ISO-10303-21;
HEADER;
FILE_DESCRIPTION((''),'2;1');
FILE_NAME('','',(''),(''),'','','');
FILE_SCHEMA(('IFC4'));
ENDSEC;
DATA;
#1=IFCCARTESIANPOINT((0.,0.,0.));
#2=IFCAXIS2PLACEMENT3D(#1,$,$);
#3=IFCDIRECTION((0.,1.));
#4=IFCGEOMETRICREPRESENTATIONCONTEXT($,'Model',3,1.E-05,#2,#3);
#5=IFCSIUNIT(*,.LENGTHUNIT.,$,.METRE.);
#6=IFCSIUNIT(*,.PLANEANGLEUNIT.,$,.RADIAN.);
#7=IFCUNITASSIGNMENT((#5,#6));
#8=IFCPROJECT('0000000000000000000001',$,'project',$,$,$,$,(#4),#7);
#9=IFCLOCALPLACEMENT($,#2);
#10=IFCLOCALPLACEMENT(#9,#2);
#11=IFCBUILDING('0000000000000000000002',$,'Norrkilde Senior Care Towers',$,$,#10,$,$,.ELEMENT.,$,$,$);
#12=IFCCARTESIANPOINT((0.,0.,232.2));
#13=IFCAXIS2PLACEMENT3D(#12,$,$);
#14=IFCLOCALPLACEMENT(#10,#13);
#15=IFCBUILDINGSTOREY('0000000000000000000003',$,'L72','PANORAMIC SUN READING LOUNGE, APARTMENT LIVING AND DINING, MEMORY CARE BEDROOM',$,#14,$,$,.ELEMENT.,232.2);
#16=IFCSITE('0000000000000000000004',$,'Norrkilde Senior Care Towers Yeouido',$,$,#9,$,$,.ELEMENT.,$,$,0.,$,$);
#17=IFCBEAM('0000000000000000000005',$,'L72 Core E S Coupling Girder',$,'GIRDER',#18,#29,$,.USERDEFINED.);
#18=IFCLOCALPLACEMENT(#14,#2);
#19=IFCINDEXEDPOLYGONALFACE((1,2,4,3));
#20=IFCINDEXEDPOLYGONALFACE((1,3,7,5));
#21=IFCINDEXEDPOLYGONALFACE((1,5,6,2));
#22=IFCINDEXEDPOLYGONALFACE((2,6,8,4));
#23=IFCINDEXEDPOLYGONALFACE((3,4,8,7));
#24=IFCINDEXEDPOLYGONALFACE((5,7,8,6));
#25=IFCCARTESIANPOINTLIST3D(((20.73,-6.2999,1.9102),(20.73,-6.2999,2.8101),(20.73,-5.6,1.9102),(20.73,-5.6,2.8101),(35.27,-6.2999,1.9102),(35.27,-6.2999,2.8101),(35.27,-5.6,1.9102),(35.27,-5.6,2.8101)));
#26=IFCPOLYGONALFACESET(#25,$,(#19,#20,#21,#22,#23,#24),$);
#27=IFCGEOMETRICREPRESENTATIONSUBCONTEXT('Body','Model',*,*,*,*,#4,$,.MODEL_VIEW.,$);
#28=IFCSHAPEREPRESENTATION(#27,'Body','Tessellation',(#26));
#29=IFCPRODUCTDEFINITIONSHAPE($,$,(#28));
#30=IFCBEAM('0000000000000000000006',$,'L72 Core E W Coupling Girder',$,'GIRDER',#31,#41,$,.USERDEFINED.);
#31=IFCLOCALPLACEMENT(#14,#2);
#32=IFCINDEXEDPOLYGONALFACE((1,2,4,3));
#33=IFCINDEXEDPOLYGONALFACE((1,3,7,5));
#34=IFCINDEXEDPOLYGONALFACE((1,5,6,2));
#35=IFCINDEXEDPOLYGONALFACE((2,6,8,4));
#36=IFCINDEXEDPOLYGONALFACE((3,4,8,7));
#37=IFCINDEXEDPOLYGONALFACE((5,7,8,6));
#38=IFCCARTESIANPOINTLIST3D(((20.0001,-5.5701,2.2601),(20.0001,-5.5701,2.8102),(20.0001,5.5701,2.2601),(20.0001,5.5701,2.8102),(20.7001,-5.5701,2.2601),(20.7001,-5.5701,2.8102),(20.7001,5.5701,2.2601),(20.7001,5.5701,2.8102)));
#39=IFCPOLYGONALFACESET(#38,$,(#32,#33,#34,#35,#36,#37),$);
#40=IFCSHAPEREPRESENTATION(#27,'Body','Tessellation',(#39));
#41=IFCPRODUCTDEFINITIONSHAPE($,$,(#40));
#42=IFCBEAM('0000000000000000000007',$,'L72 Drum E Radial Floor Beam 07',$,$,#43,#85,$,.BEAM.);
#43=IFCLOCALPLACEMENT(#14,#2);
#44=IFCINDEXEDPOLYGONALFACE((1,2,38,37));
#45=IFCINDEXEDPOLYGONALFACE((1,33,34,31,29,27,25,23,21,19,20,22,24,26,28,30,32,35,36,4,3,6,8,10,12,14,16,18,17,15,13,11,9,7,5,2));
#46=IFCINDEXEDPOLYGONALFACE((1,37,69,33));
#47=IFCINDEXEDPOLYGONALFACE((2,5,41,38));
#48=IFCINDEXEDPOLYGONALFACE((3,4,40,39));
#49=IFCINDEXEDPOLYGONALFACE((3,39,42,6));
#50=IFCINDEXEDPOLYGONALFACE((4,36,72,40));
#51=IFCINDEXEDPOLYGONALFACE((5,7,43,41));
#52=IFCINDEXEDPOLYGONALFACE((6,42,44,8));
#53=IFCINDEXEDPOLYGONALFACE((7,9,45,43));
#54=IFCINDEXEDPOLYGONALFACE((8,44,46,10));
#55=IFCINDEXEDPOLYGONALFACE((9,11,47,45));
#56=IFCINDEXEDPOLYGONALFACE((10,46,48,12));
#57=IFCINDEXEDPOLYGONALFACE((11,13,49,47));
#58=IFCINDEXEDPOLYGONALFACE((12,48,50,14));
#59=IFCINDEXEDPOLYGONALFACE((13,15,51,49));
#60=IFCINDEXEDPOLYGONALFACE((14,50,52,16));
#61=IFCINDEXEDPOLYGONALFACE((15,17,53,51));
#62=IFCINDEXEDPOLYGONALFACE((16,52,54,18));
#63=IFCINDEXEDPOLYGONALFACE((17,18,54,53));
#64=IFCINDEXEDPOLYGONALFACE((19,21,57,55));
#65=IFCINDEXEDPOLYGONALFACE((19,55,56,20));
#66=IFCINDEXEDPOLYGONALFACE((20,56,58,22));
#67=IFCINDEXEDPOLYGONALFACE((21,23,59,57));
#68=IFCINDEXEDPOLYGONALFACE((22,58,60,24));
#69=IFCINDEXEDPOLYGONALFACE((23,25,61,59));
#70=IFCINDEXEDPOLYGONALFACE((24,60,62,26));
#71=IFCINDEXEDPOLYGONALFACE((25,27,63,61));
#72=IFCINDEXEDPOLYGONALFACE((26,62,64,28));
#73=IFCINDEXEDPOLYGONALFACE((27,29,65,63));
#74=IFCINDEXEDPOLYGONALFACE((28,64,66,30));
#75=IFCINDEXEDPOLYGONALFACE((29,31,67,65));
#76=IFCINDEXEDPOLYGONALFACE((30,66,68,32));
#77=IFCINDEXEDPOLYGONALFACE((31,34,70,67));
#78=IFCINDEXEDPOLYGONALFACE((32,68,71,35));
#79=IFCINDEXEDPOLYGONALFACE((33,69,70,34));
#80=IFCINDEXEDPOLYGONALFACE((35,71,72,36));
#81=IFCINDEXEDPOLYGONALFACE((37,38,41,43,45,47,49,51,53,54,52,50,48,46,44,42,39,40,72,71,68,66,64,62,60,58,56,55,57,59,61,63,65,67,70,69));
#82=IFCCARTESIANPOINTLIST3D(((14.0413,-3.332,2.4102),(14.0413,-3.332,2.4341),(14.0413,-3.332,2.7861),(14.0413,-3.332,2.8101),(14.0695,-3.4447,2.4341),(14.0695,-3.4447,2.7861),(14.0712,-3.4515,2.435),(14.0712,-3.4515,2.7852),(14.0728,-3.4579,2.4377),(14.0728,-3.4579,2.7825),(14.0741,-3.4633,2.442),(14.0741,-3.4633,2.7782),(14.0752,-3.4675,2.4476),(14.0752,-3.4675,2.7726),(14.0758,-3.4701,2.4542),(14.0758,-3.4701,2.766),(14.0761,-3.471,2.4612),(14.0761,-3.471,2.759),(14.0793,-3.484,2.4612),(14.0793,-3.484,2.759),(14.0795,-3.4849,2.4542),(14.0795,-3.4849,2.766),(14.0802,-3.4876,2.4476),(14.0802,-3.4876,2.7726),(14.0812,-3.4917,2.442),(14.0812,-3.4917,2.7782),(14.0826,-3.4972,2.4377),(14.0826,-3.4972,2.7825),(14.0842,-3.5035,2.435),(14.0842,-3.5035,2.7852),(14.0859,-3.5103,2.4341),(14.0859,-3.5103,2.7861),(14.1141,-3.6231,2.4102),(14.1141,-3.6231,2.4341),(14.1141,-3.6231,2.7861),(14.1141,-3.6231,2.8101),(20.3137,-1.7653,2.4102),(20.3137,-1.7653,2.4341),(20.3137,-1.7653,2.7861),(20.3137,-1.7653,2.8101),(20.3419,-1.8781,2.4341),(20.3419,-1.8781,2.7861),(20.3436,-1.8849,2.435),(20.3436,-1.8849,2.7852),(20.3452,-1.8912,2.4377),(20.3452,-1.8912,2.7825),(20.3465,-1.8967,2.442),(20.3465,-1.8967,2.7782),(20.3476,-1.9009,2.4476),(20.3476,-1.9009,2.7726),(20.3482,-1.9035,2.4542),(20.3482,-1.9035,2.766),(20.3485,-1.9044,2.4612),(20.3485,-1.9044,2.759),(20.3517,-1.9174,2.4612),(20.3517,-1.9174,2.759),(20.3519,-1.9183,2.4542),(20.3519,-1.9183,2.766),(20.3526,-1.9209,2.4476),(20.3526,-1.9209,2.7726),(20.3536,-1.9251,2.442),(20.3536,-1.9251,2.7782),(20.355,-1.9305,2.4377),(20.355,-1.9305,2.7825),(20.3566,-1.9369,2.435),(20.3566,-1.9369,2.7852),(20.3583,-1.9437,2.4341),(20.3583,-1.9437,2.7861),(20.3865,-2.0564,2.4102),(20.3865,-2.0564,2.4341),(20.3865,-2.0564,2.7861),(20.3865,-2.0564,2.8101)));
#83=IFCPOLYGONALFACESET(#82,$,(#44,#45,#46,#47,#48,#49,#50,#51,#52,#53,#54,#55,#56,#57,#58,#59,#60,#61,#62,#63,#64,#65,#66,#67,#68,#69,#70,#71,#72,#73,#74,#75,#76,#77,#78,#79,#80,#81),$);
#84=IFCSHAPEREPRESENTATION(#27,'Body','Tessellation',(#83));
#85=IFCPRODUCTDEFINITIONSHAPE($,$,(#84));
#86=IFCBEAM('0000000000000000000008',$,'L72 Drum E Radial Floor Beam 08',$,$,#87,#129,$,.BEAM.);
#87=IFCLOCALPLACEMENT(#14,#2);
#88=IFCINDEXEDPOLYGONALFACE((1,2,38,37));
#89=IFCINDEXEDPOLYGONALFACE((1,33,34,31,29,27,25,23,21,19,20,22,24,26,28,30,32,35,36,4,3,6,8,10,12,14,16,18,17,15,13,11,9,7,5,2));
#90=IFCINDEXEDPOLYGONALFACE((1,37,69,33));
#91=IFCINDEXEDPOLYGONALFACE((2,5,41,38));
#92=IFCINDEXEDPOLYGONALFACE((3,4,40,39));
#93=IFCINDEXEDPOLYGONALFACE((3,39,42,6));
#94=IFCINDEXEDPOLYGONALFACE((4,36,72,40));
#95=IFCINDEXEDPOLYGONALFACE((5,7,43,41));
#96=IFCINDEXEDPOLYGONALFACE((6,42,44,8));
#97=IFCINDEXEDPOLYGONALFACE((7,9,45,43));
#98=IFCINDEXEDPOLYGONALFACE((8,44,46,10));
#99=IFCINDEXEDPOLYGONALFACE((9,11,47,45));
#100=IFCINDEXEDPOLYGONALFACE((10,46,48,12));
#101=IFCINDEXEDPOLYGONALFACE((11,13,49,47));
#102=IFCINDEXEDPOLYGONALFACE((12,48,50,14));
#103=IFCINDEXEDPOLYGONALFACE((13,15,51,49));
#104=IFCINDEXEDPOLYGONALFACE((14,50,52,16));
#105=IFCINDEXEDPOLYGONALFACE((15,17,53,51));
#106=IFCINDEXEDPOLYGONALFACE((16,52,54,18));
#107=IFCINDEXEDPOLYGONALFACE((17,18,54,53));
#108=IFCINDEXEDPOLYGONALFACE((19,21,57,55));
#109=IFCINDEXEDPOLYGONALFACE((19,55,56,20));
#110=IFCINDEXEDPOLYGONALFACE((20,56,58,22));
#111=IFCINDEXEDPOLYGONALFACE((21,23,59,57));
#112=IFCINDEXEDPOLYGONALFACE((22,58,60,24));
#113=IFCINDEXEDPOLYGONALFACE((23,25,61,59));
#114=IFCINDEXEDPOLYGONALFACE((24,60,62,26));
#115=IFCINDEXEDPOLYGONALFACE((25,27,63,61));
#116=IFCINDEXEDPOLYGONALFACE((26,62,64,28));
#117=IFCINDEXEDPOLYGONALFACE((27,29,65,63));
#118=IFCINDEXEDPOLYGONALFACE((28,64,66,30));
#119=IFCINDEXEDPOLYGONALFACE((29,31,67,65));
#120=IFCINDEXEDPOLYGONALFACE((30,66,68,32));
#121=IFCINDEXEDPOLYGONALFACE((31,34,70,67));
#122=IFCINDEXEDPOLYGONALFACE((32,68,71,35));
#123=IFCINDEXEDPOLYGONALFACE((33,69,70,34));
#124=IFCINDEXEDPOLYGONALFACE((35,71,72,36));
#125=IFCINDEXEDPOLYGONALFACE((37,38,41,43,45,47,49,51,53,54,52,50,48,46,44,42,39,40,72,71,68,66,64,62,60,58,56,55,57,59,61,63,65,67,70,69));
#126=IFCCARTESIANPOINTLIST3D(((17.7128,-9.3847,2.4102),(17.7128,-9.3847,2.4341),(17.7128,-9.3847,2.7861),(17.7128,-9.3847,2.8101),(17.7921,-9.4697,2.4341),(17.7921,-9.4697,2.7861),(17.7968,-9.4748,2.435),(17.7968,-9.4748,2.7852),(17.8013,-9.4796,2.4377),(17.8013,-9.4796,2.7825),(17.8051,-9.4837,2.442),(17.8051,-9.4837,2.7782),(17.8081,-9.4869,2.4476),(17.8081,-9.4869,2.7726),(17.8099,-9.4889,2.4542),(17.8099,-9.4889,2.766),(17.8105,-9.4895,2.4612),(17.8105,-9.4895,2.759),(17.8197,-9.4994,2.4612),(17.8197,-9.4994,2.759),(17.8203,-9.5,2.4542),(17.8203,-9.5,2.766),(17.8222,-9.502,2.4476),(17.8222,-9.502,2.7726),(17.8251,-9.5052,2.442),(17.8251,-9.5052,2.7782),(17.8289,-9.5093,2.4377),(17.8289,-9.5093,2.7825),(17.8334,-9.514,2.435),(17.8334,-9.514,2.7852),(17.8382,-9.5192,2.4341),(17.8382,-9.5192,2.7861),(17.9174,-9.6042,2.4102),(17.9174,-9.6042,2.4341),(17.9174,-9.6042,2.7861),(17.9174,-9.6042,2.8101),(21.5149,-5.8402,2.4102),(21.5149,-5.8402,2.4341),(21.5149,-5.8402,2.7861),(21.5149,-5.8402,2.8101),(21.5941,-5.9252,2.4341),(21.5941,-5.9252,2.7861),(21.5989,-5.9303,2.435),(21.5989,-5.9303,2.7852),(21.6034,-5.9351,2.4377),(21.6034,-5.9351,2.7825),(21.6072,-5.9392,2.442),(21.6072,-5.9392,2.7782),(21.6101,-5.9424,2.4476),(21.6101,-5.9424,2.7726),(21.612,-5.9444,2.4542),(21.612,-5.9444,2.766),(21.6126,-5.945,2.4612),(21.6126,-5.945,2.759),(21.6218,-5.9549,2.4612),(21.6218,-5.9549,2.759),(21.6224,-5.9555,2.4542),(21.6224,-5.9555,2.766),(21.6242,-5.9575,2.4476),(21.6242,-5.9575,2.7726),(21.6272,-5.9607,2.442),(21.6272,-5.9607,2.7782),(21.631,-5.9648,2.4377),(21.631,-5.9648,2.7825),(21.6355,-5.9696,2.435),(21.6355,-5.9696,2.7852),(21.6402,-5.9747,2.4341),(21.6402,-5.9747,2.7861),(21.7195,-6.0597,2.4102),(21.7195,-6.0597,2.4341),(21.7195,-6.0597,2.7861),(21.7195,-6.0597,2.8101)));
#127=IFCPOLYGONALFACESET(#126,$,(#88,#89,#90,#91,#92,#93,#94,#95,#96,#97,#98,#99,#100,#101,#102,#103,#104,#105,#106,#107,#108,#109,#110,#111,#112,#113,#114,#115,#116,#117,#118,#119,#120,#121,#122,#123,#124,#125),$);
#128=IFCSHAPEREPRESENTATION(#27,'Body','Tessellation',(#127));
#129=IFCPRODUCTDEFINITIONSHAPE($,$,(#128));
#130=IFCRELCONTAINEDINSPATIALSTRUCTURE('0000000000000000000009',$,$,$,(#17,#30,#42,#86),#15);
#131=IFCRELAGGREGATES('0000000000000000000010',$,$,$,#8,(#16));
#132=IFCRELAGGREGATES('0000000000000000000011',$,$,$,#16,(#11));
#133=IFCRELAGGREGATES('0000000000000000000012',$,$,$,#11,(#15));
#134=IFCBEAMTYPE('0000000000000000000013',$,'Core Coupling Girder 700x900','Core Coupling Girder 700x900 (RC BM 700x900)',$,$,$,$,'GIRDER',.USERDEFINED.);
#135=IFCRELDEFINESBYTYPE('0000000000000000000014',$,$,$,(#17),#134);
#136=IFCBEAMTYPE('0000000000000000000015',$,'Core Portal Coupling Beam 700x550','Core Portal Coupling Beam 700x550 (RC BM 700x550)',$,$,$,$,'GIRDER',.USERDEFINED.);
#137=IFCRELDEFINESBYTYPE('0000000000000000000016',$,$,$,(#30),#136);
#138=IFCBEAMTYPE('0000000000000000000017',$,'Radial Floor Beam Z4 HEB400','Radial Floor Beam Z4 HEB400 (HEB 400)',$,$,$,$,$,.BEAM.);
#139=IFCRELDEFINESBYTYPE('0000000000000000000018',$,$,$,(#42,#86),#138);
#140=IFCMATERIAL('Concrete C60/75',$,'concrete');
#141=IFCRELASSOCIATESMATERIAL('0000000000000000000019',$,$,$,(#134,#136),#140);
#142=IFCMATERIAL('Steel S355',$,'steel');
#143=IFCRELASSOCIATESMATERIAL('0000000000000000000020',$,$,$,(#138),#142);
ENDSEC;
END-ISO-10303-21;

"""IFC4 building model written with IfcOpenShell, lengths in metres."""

from ifc_helpers import new_model, si_unit, direction, frame, origin, origin_2d, place, context, subcontext, project, spatial, rectangle, i_section, extrude, source, transform, mapped, material, material_profile, profile_set, type_object, type_shapes, element, save


model = new_model("IFC4")

# Units and contexts
model_context = context("Model", 3, precision=1e-05, world=origin(), true_north=direction((0.0, 1.0)))
body_context = subcontext(model_context, "Body", "Model", "MODEL_VIEW")
ifc_project = project(units=[si_unit("LENGTHUNIT", "METRE"), si_unit("PLANEANGLEUNIT", "RADIAN")], contexts=[model_context])

# Site, building, storey
site_placement = place(None, origin())
site = spatial("IfcSite", under=ifc_project, at=site_placement, Name="Norrkilde Senior Care Towers Yeouido", CompositionType="ELEMENT", RefElevation=0.0)
building_placement = place(site_placement, origin())
building = spatial("IfcBuilding", under=site, at=building_placement, Name="Norrkilde Senior Care Towers", CompositionType="ELEMENT")
storey_placement = place(building_placement, frame((0.0, 0.0, 232.2)))
storey = spatial("IfcBuildingStorey", under=building, at=storey_placement, Name="L72", Description="PANORAMIC SUN READING LOUNGE, APARTMENT LIVING AND DINING, MEMORY CARE BEDROOM", CompositionType="ELEMENT", Elevation=232.2)

# Beams
ifc_material_1 = material(Name="Concrete C60/75", Category="concrete")
ifc_material_profile_1 = material_profile(ifc_material_1, rectangle(XDim=0.7, YDim=0.8999, at=origin_2d()), Name="RC BM 700x900")
ifc_profile_set_1 = profile_set([ifc_material_profile_1], Name="Concrete C60/75")
beam_type_1 = type_object("IfcBeamType", Name="Core Coupling Girder 700x900", Description="Core Coupling Girder 700x900 (RC BM 700x900)", ElementType="GIRDER", PredefinedType="USERDEFINED", material=ifc_profile_set_1)
shared_shape_1 = source(origin(), body_context, "Body", "SweptSolid", [
    extrude(rectangle(XDim=0.7, YDim=0.8999, at=origin_2d()), origin(), (0.0, 0.0, 1.0), 14.54),
])
type_shapes(beam_type_1, [shared_shape_1])
beam_1_placement = place(storey_placement, frame((20.73, -5.95, 2.3601), z_axis=(1.0, 0.0, 0.0), x_axis=(0.0, 1.0, 0.0)))
element("IfcBeam", 1, at=beam_1_placement, inside=storey, type_object=beam_type_1, Name="L72 Core E S Coupling Girder", ObjectType="GIRDER", PredefinedType="USERDEFINED", context=body_context, shape_type="MappedRepresentation", body=[
    mapped(shared_shape_1, transform((0.0, 0.0, 0.0), x_axis=(1.0, 0.0, 0.0), y_axis=(0.0, 1.0, 0.0), z_axis=(0.0, 0.0, 1.0), scale=1.0)),
])
ifc_material_profile_2 = material_profile(ifc_material_1, rectangle(XDim=0.7, YDim=0.55, at=origin_2d()), Name="RC BM 700x550")
ifc_profile_set_2 = profile_set([ifc_material_profile_2], Name="Concrete C60/75")
beam_type_2 = type_object("IfcBeamType", Name="Core Portal Coupling Beam 700x550", Description="Core Portal Coupling Beam 700x550 (RC BM 700x550)", ElementType="GIRDER", PredefinedType="USERDEFINED", material=ifc_profile_set_2)
shared_shape_2 = source(origin(), body_context, "Body", "SweptSolid", [
    extrude(rectangle(XDim=0.7, YDim=0.55, at=origin_2d()), origin(), (0.0, 0.0, 1.0), 11.1401),
])
type_shapes(beam_type_2, [shared_shape_2])
beam_2_placement = place(storey_placement, frame((20.3501, -5.5701, 2.5352), z_axis=(0.0, 1.0, 0.0), x_axis=(-1.0, 0.0, 0.0)))
element("IfcBeam", 2, at=beam_2_placement, inside=storey, type_object=beam_type_2, Name="L72 Core E W Coupling Girder", ObjectType="GIRDER", PredefinedType="USERDEFINED", context=body_context, shape_type="MappedRepresentation", body=[
    mapped(shared_shape_2, transform((0.0, 0.0, 0.0), x_axis=(1.0, 0.0, 0.0), y_axis=(0.0, 1.0, 0.0), z_axis=(0.0, 0.0, 1.0), scale=1.0)),
])
ifc_material_2 = material(Name="Steel S355", Category="steel")
ifc_material_profile_3 = material_profile(ifc_material_2, i_section(OverallWidth=0.3, OverallDepth=0.3999, WebThickness=0.0134, FlangeThickness=0.0239, FilletRadius=0.0271, at=origin_2d()), Name="HEB 400")
ifc_profile_set_3 = profile_set([ifc_material_profile_3], Name="Steel S355")
beam_type_3 = type_object("IfcBeamType", Name="Radial Floor Beam Z4 HEB400", Description="Radial Floor Beam Z4 HEB400 (HEB 400)", PredefinedType="BEAM", material=ifc_profile_set_3)
shared_shape_3 = source(origin(), body_context, "Body", "SweptSolid", [
    extrude(i_section(OverallWidth=0.3, OverallDepth=0.3999, WebThickness=0.0134, FlangeThickness=0.0239, FilletRadius=0.0271, at=origin_2d()), origin(), (0.0, 0.0, 1.0), 6.4651),
])
beam_3_placement = place(storey_placement, frame((20.3501, -1.9109, 2.6101), z_axis=(-0.970196, -0.242322, 0.0), x_axis=(0.242322, -0.970196, 0.0)))
element("IfcBeam", 3, at=beam_3_placement, inside=storey, type_object=beam_type_3, Name="L72 Drum E Radial Floor Beam 07", PredefinedType="BEAM", context=body_context, shape_type="MappedRepresentation", body=[
    mapped(shared_shape_3, transform((0.0, 0.0, 0.0), x_axis=(1.0, 0.0, 0.0), y_axis=(0.0, 1.0, 0.0), z_axis=(0.0, 0.0, 1.0), scale=1.0)),
])
shared_shape_4 = source(origin(), body_context, "Body", "SweptSolid", [
    extrude(i_section(OverallWidth=0.3, OverallDepth=0.3999, WebThickness=0.0134, FlangeThickness=0.0239, FilletRadius=0.0271, at=origin_2d()), origin(), (0.0, 0.0, 1.0), 5.198),
])
type_shapes(beam_type_3, [shared_shape_3, shared_shape_4])
beam_4_placement = place(storey_placement, frame((21.6172, -5.95, 2.6101), z_axis=(-0.731449, -0.681896, 0.0), x_axis=(0.681896, -0.731449, 0.0)))
element("IfcBeam", 4, at=beam_4_placement, inside=storey, type_object=beam_type_3, Name="L72 Drum E Radial Floor Beam 08", PredefinedType="BEAM", context=body_context, shape_type="MappedRepresentation", body=[
    mapped(shared_shape_4, transform((0.0, 0.0, 0.0), x_axis=(1.0, 0.0, 0.0), y_axis=(0.0, 1.0, 0.0), z_axis=(0.0, 0.0, 1.0), scale=1.0)),
])

save(model, "model.ifc")
